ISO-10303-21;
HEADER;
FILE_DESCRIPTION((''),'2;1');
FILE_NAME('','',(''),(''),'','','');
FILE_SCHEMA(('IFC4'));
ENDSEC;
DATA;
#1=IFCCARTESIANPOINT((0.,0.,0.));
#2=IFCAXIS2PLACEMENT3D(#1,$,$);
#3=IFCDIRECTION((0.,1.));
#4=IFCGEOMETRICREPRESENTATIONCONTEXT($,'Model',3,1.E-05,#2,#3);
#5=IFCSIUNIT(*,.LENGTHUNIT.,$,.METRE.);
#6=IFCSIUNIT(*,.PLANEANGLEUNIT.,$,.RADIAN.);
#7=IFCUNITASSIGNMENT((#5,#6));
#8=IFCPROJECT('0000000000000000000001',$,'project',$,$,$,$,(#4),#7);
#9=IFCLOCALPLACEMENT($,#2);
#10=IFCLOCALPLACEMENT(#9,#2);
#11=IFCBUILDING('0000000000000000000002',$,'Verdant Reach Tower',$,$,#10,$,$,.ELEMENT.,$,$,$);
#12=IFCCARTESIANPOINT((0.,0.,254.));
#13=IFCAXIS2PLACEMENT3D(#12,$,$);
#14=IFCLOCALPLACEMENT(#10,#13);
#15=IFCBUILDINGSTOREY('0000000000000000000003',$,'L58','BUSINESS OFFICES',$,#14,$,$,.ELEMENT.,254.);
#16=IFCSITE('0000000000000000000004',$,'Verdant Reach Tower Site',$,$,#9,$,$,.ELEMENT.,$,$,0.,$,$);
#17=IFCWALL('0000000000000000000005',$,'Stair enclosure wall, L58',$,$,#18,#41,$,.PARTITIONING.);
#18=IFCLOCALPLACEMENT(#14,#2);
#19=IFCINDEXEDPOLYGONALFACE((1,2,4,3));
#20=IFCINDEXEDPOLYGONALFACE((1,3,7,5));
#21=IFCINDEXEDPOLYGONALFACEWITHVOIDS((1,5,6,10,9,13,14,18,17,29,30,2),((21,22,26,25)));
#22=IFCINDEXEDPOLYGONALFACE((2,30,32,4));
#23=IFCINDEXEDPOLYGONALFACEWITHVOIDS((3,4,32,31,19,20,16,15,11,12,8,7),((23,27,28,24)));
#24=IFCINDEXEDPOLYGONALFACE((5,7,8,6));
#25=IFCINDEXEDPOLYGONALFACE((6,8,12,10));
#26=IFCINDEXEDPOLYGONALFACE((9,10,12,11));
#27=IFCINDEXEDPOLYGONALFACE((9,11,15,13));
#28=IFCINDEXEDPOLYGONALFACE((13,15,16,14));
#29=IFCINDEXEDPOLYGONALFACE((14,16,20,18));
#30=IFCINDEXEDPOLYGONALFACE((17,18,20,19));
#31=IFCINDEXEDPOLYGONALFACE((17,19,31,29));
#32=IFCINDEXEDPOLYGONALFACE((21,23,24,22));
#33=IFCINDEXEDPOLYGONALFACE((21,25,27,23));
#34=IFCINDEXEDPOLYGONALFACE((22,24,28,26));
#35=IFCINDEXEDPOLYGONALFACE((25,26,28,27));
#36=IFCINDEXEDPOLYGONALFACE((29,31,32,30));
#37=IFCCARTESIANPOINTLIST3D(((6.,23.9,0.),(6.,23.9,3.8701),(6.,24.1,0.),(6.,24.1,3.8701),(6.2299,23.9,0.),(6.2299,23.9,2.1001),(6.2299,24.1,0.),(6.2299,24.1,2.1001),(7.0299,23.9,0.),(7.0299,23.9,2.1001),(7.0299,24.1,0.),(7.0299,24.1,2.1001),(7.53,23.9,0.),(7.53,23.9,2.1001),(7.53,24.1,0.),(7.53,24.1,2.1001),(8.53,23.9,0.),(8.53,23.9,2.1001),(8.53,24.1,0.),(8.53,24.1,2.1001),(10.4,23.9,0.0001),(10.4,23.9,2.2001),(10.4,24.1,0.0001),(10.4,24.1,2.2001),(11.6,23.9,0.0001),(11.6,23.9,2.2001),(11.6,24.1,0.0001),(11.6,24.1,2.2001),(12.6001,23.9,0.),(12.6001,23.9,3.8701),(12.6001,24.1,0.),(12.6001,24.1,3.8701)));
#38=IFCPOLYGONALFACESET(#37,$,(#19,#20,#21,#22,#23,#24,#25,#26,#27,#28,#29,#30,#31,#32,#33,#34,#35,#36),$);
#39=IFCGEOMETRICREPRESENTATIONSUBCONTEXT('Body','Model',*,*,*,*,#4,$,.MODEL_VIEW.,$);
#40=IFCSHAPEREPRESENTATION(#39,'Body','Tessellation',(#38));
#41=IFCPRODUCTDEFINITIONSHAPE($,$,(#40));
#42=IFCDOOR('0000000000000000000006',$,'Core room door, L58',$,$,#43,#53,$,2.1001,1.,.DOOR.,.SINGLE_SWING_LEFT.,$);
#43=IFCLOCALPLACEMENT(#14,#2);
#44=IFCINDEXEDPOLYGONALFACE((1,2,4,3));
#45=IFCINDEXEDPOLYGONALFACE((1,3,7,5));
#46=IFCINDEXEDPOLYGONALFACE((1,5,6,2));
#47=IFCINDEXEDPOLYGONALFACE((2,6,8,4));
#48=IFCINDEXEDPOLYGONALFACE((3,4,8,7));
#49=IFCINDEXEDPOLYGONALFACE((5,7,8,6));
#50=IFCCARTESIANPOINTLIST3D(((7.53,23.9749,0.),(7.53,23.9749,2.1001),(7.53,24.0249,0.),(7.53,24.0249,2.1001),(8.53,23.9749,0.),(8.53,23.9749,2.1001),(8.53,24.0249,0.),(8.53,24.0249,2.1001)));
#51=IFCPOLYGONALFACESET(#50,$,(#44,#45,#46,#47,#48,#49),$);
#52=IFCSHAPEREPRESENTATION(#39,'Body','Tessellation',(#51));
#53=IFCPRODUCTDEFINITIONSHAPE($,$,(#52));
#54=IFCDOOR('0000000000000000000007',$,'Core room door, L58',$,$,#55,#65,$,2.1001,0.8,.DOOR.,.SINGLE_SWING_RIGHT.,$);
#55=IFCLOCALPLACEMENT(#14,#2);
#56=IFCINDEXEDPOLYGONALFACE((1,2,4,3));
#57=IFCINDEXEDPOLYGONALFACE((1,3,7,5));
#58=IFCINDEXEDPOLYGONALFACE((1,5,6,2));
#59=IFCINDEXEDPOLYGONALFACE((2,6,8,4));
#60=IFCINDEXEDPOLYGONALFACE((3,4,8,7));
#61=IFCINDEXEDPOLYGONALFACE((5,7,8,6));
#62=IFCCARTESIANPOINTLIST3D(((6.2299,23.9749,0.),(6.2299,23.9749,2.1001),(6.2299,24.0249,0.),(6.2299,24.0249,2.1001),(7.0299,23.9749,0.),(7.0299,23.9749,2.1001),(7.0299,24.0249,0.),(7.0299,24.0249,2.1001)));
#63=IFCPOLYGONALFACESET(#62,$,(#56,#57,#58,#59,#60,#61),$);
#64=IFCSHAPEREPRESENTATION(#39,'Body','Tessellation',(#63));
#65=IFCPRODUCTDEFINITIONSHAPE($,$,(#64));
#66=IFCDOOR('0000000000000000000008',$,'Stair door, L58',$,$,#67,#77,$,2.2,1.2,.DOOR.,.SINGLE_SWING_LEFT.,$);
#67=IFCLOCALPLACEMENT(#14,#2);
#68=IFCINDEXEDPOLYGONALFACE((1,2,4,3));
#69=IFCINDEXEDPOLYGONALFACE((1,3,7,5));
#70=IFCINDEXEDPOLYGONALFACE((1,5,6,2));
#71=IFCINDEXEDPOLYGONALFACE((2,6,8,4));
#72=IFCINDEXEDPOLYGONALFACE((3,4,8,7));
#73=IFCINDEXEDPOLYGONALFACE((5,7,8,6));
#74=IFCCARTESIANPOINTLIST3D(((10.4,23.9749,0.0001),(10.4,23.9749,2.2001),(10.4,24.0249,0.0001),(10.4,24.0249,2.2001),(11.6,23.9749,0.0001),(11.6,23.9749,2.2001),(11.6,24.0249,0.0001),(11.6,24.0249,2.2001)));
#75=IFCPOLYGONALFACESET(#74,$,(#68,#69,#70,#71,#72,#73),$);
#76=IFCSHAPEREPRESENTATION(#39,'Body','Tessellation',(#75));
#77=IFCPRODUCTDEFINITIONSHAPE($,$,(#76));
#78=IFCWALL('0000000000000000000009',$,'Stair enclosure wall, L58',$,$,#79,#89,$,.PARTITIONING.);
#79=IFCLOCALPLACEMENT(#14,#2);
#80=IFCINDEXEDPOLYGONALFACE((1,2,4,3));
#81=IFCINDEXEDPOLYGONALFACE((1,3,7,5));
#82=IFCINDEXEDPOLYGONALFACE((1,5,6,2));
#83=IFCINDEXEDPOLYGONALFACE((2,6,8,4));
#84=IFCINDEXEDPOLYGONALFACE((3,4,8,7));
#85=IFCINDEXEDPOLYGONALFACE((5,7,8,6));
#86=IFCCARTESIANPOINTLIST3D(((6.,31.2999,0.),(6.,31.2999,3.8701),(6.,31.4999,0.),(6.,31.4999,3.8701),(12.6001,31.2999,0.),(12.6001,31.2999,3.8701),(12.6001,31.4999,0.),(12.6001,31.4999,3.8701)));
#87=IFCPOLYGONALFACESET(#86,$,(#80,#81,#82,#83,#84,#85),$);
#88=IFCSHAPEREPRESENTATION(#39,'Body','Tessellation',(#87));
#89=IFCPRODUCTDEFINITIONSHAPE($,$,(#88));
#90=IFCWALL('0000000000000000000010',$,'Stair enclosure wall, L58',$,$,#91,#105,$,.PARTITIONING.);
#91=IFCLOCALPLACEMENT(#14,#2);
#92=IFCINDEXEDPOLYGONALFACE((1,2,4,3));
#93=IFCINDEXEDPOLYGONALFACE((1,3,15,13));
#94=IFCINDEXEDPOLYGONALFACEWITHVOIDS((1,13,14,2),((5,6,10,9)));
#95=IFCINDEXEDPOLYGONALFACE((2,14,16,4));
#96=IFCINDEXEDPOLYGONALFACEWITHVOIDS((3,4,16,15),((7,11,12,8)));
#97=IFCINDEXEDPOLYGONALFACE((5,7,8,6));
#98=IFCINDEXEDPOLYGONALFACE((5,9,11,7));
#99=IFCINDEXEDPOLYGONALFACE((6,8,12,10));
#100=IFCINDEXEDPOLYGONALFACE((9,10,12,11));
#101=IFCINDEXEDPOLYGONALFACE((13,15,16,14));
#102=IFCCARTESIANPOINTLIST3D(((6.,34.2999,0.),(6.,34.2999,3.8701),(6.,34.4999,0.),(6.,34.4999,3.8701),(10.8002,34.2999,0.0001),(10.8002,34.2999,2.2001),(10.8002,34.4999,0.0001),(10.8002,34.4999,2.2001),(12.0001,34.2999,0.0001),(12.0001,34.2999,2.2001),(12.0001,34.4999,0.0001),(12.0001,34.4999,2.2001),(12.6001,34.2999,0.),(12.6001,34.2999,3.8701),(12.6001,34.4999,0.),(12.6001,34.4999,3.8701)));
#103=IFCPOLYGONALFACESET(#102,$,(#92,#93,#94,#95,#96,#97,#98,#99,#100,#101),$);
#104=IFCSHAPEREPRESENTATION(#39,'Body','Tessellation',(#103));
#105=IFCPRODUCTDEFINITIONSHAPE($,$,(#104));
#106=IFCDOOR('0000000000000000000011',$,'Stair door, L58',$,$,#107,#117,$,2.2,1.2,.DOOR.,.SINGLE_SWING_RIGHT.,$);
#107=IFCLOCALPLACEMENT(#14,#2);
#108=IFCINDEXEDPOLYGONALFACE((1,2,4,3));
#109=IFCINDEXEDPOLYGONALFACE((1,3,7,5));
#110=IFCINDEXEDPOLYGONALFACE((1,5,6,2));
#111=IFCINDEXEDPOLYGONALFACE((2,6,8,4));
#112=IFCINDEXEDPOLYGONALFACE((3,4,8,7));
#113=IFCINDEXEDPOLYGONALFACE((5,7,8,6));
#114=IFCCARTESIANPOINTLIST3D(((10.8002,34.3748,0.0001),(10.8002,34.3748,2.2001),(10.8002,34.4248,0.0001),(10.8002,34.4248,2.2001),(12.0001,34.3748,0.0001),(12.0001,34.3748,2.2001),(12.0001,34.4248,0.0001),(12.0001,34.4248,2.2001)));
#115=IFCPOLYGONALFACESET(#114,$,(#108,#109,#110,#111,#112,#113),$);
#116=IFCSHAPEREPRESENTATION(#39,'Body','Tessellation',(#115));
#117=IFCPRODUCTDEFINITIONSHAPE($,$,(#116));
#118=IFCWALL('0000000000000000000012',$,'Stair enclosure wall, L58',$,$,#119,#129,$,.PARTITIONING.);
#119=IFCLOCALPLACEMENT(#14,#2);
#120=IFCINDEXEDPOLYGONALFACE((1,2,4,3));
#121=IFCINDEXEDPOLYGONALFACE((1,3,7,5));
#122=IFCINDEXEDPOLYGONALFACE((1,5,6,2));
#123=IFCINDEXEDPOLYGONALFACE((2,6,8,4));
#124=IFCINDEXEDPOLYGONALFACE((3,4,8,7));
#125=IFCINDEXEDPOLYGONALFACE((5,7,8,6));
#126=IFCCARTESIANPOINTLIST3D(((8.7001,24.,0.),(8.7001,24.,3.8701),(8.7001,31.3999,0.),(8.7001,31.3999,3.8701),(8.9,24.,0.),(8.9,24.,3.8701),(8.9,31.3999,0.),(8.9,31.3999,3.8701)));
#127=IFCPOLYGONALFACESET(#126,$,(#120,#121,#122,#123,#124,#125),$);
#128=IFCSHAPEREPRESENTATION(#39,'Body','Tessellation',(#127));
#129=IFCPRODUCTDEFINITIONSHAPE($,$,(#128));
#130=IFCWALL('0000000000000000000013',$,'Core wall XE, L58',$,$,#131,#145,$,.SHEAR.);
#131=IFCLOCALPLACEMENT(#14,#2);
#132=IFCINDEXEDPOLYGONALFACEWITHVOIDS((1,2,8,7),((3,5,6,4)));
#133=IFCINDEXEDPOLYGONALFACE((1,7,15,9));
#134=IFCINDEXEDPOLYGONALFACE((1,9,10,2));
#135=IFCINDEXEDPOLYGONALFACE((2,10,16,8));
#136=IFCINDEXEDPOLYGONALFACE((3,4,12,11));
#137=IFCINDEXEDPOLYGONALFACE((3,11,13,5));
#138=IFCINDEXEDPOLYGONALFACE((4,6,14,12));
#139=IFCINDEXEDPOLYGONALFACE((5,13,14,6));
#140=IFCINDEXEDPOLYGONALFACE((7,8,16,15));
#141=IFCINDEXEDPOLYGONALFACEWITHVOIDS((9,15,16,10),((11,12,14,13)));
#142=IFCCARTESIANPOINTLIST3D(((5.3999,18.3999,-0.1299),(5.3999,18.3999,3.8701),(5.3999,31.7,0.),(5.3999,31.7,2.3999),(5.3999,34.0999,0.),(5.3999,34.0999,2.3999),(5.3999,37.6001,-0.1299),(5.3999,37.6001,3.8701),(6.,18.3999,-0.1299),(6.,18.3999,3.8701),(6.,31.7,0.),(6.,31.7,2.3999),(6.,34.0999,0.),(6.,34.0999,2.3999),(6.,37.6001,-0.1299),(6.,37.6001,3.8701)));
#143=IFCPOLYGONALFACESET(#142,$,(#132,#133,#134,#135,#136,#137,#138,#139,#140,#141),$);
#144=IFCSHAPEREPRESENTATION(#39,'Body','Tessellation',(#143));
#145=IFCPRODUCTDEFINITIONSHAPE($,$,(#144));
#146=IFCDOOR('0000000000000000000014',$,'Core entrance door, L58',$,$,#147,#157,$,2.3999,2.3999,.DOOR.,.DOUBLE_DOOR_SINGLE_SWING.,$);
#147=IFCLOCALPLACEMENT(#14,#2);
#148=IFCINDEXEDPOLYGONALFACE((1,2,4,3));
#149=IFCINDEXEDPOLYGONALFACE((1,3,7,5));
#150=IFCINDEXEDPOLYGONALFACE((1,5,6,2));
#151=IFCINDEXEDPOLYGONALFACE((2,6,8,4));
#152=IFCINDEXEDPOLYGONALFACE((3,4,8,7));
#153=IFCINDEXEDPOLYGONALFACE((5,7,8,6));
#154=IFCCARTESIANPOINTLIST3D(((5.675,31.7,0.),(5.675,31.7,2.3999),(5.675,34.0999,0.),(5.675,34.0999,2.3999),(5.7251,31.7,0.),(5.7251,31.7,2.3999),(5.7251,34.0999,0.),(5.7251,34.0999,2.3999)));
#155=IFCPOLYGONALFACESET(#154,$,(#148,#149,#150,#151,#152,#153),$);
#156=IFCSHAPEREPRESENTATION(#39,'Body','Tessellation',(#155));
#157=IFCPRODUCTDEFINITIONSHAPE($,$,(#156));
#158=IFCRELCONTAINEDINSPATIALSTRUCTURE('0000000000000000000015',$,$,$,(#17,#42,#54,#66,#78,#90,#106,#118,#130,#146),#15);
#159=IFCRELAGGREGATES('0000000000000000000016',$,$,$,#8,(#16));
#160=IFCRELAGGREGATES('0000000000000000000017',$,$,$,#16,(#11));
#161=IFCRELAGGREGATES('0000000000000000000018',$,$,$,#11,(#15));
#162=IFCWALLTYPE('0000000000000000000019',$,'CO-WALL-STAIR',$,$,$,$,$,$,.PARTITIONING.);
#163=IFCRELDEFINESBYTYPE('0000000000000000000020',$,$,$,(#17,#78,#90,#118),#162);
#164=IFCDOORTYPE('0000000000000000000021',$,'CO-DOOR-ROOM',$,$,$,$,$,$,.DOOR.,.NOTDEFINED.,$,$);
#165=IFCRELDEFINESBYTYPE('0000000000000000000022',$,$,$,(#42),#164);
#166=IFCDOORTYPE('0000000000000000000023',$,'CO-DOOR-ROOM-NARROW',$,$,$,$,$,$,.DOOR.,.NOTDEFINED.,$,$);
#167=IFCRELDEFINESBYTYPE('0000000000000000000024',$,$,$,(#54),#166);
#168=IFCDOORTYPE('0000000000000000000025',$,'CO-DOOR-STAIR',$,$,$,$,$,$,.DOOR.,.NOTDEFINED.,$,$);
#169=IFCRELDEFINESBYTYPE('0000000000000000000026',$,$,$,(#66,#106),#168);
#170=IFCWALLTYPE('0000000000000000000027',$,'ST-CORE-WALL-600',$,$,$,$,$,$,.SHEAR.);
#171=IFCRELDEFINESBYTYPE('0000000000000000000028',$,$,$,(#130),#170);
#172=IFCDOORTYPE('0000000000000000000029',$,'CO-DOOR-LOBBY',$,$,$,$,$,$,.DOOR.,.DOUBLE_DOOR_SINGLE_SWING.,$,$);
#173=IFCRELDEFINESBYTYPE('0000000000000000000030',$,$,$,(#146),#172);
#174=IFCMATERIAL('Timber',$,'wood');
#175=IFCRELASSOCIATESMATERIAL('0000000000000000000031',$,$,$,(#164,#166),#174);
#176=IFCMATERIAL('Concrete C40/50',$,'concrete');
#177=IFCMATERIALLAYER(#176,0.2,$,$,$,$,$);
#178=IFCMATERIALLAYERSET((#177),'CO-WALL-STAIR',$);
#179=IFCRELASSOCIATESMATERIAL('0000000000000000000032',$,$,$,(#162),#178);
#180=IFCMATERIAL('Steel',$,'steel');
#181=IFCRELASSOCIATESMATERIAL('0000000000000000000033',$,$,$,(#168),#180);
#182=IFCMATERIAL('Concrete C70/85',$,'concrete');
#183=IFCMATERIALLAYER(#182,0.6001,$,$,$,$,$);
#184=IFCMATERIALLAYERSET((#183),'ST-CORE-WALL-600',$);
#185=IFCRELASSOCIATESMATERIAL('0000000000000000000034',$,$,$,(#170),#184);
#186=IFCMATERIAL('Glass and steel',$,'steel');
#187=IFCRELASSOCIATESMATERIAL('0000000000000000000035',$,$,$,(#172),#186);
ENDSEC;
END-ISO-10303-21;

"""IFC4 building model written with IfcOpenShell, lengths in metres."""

from ifc_helpers import new_model, si_unit, direction, frame, frame_2d, origin, place, context, subcontext, project, spatial, rectangle, extrude, material, layer, layer_set, type_object, element, fill, save


model = new_model("IFC4")

# Units and contexts
model_context = context("Model", 3, precision=1e-05, world=origin(), true_north=direction((0.0, 1.0)))
body_context = subcontext(model_context, "Body", "Model", "MODEL_VIEW")
ifc_project = project(units=[si_unit("LENGTHUNIT", "METRE"), si_unit("PLANEANGLEUNIT", "RADIAN")], contexts=[model_context])

# Site, building, storey
site_placement = place(None, origin())
site = spatial("IfcSite", under=ifc_project, at=site_placement, Name="Verdant Reach Tower Site", CompositionType="ELEMENT", RefElevation=0.0)
building_placement = place(site_placement, origin())
building = spatial("IfcBuilding", under=site, at=building_placement, Name="Verdant Reach Tower", CompositionType="ELEMENT")
storey_placement = place(building_placement, frame((0.0, 0.0, 254.0)))
storey = spatial("IfcBuildingStorey", under=building, at=storey_placement, Name="L58", Description="BUSINESS OFFICES", CompositionType="ELEMENT", Elevation=254.0)

# Shared definitions
ifc_material_1 = material(Name="Timber", Category="wood")
door_type_1 = type_object("IfcDoorType", Name="CO-DOOR-ROOM", OperationType="NOTDEFINED", PredefinedType="DOOR", material=ifc_material_1)

# Shared definitions
ifc_material_2 = material(Name="Concrete C40/50", Category="concrete")

# Wall, openings, doors
ifc_layer_1 = layer(ifc_material_2, 0.2)
ifc_layer_set_1 = layer_set([ifc_layer_1], Name="CO-WALL-STAIR")
wall_type_1 = type_object("IfcWallType", Name="CO-WALL-STAIR", PredefinedType="PARTITIONING", material=ifc_layer_set_1)
wall_1_placement = place(storey_placement, frame((6.0, 24.0, 0.0), z_axis=(0.0, 0.0, 1.0), x_axis=(1.0, 0.0, 0.0)))
wall_1 = element("IfcWall", 1, at=wall_1_placement, inside=storey, type_object=wall_type_1, Name="Stair enclosure wall, L58", PredefinedType="PARTITIONING", context=body_context, shape_type="SweptSolid", body=[
    extrude(rectangle(XDim=6.6001, YDim=0.2, at=frame_2d((3.3, 0.0))), origin(), (0.0, 0.0, 1.0), 3.8701),
])
opening_1_placement = place(wall_1_placement, frame((0.23, 0.0, 0.0)))
opening_1 = element("IfcOpeningElement", 2, at=opening_1_placement, cuts=wall_1, PredefinedType="OPENING", context=body_context, shape_type="SweptSolid", body=[
    extrude(rectangle(XDim=0.8, YDim=2.1001, at=frame_2d((0.3999, 1.05))), frame((0.0, 0.1099, 0.0), z_axis=(0.0, -1.0, 0.0), x_axis=(1.0, 0.0, 0.0)), (0.0, 0.0, 1.0), 0.22),
])
opening_2_placement = place(wall_1_placement, frame((1.53, 0.0, 0.0)))
opening_2 = element("IfcOpeningElement", 3, at=opening_2_placement, cuts=wall_1, PredefinedType="OPENING", context=body_context, shape_type="SweptSolid", body=[
    extrude(rectangle(XDim=1.0, YDim=2.1001, at=frame_2d((0.5, 1.05))), frame((0.0, 0.1099, 0.0), z_axis=(0.0, -1.0, 0.0), x_axis=(1.0, 0.0, 0.0)), (0.0, 0.0, 1.0), 0.22),
])
opening_3_placement = place(wall_1_placement, frame((4.3999, 0.0, 0.0)))
opening_3 = element("IfcOpeningElement", 4, at=opening_3_placement, cuts=wall_1, PredefinedType="OPENING", context=body_context, shape_type="SweptSolid", body=[
    extrude(rectangle(XDim=1.2, YDim=2.2, at=frame_2d((0.6001, 1.1001))), frame((0.0, 0.1099, 0.0), z_axis=(0.0, -1.0, 0.0), x_axis=(1.0, 0.0, 0.0)), (0.0, 0.0, 1.0), 0.22),
])
door_1_placement = place(opening_2_placement, origin())
door_1 = element("IfcDoor", 5, at=door_1_placement, inside=storey, type_object=door_type_1, Name="Core room door, L58", OperationType="SINGLE_SWING_LEFT", OverallHeight=2.1001, OverallWidth=1.0, PredefinedType="DOOR", context=body_context, shape_type="SweptSolid", body=[
    extrude(rectangle(XDim=1.0, YDim=2.1001, at=frame_2d((0.5, 1.05))), frame((0.0, 0.0249, 0.0), z_axis=(0.0, -1.0, 0.0), x_axis=(1.0, 0.0, 0.0)), (0.0, 0.0, 1.0), 0.05),
])
fill(opening_2, door_1)
door_type_2 = type_object("IfcDoorType", Name="CO-DOOR-ROOM-NARROW", OperationType="NOTDEFINED", PredefinedType="DOOR", material=ifc_material_1)
door_2_placement = place(opening_1_placement, origin())
door_2 = element("IfcDoor", 6, at=door_2_placement, inside=storey, type_object=door_type_2, Name="Core room door, L58", OperationType="SINGLE_SWING_RIGHT", OverallHeight=2.1001, OverallWidth=0.8, PredefinedType="DOOR", context=body_context, shape_type="SweptSolid", body=[
    extrude(rectangle(XDim=0.8, YDim=2.1001, at=frame_2d((0.3999, 1.05))), frame((0.0, 0.0249, 0.0), z_axis=(0.0, -1.0, 0.0), x_axis=(1.0, 0.0, 0.0)), (0.0, 0.0, 1.0), 0.05),
])
fill(opening_1, door_2)
ifc_material_3 = material(Name="Steel", Category="steel")
door_type_3 = type_object("IfcDoorType", Name="CO-DOOR-STAIR", OperationType="NOTDEFINED", PredefinedType="DOOR", material=ifc_material_3)
door_3_placement = place(opening_3_placement, origin())
door_3 = element("IfcDoor", 7, at=door_3_placement, inside=storey, type_object=door_type_3, Name="Stair door, L58", OperationType="SINGLE_SWING_LEFT", OverallHeight=2.2, OverallWidth=1.2, PredefinedType="DOOR", context=body_context, shape_type="SweptSolid", body=[
    extrude(rectangle(XDim=1.2, YDim=2.2, at=frame_2d((0.6001, 1.1001))), frame((0.0, 0.0249, 0.0), z_axis=(0.0, -1.0, 0.0), x_axis=(1.0, 0.0, 0.0)), (0.0, 0.0, 1.0), 0.05),
])
fill(opening_3, door_3)

# Wall
wall_2_placement = place(storey_placement, frame((6.0, 31.3999, 0.0), z_axis=(0.0, 0.0, 1.0), x_axis=(1.0, 0.0, 0.0)))
element("IfcWall", 8, at=wall_2_placement, inside=storey, type_object=wall_type_1, Name="Stair enclosure wall, L58", PredefinedType="PARTITIONING", context=body_context, shape_type="SweptSolid", body=[
    extrude(rectangle(XDim=6.6001, YDim=0.2, at=frame_2d((3.3, 0.0))), origin(), (0.0, 0.0, 1.0), 3.8701),
])

# Wall, opening, door
wall_3_placement = place(storey_placement, frame((6.0, 34.3999, 0.0), z_axis=(0.0, 0.0, 1.0), x_axis=(1.0, 0.0, 0.0)))
wall_3 = element("IfcWall", 9, at=wall_3_placement, inside=storey, type_object=wall_type_1, Name="Stair enclosure wall, L58", PredefinedType="PARTITIONING", context=body_context, shape_type="SweptSolid", body=[
    extrude(rectangle(XDim=6.6001, YDim=0.2, at=frame_2d((3.3, 0.0))), origin(), (0.0, 0.0, 1.0), 3.8701),
])
opening_4_placement = place(wall_3_placement, frame((4.8, 0.0, 0.0)))
opening_4 = element("IfcOpeningElement", 10, at=opening_4_placement, cuts=wall_3, PredefinedType="OPENING", context=body_context, shape_type="SweptSolid", body=[
    extrude(rectangle(XDim=1.2, YDim=2.2, at=frame_2d((0.6001, 1.1001))), frame((0.0, 0.1099, 0.0), z_axis=(0.0, -1.0, 0.0), x_axis=(1.0, 0.0, 0.0)), (0.0, 0.0, 1.0), 0.22),
])
door_4_placement = place(opening_4_placement, origin())
door_4 = element("IfcDoor", 11, at=door_4_placement, inside=storey, type_object=door_type_3, Name="Stair door, L58", OperationType="SINGLE_SWING_RIGHT", OverallHeight=2.2, OverallWidth=1.2, PredefinedType="DOOR", context=body_context, shape_type="SweptSolid", body=[
    extrude(rectangle(XDim=1.2, YDim=2.2, at=frame_2d((0.6001, 1.1001))), frame((0.0, 0.0249, 0.0), z_axis=(0.0, -1.0, 0.0), x_axis=(1.0, 0.0, 0.0)), (0.0, 0.0, 1.0), 0.05),
])
fill(opening_4, door_4)

# Wall
wall_4_placement = place(storey_placement, frame((8.8, 24.0, 0.0), z_axis=(0.0, 0.0, 1.0), x_axis=(0.0, 1.0, 0.0)))
element("IfcWall", 12, at=wall_4_placement, inside=storey, type_object=wall_type_1, Name="Stair enclosure wall, L58", PredefinedType="PARTITIONING", context=body_context, shape_type="SweptSolid", body=[
    extrude(rectangle(XDim=7.3999, YDim=0.2, at=frame_2d((3.7, 0.0))), origin(), (0.0, 0.0, 1.0), 3.8701),
])

# Wall, opening, door
ifc_material_4 = material(Name="Concrete C70/85", Category="concrete")
ifc_layer_2 = layer(ifc_material_4, 0.6001)
ifc_layer_set_2 = layer_set([ifc_layer_2], Name="ST-CORE-WALL-600")
wall_type_2 = type_object("IfcWallType", Name="ST-CORE-WALL-600", PredefinedType="SHEAR", material=ifc_layer_set_2)
wall_5_placement = place(storey_placement, frame((5.7, 18.3999, -0.1299), z_axis=(0.0, 0.0, 1.0), x_axis=(0.0, 1.0, 0.0)))
wall_5 = element("IfcWall", 13, at=wall_5_placement, inside=storey, type_object=wall_type_2, Name="Core wall XE, L58", PredefinedType="SHEAR", context=body_context, shape_type="SweptSolid", body=[
    extrude(rectangle(XDim=19.2002, YDim=0.6001, at=frame_2d((9.6001, 0.0))), origin(), (0.0, 0.0, 1.0), 4.0),
])
opening_5_placement = place(wall_5_placement, frame((13.3, 0.0, 0.1299)))
opening_5 = element("IfcOpeningElement", 14, at=opening_5_placement, cuts=wall_5, PredefinedType="OPENING", context=body_context, shape_type="SweptSolid", body=[
    extrude(rectangle(XDim=2.3999, YDim=2.3999, at=frame_2d((1.2, 1.2))), frame((0.0, 0.3101, 0.0), z_axis=(0.0, -1.0, 0.0), x_axis=(1.0, 0.0, 0.0)), (0.0, 0.0, 1.0), 0.6201),
])
ifc_material_5 = material(Name="Glass and steel", Category="steel")
door_type_4 = type_object("IfcDoorType", Name="CO-DOOR-LOBBY", OperationType="DOUBLE_DOOR_SINGLE_SWING", PredefinedType="DOOR", material=ifc_material_5)
door_5_placement = place(opening_5_placement, origin())
door_5 = element("IfcDoor", 15, at=door_5_placement, inside=storey, type_object=door_type_4, Name="Core entrance door, L58", OperationType="DOUBLE_DOOR_SINGLE_SWING", OverallHeight=2.3999, OverallWidth=2.3999, PredefinedType="DOOR", context=body_context, shape_type="SweptSolid", body=[
    extrude(rectangle(XDim=2.3999, YDim=2.3999, at=frame_2d((1.2, 1.2))), frame((0.0, 0.0249, 0.0), z_axis=(0.0, -1.0, 0.0), x_axis=(1.0, 0.0, 0.0)), (0.0, 0.0, 1.0), 0.05),
])
fill(opening_5, door_5)

save(model, "model.ifc")
